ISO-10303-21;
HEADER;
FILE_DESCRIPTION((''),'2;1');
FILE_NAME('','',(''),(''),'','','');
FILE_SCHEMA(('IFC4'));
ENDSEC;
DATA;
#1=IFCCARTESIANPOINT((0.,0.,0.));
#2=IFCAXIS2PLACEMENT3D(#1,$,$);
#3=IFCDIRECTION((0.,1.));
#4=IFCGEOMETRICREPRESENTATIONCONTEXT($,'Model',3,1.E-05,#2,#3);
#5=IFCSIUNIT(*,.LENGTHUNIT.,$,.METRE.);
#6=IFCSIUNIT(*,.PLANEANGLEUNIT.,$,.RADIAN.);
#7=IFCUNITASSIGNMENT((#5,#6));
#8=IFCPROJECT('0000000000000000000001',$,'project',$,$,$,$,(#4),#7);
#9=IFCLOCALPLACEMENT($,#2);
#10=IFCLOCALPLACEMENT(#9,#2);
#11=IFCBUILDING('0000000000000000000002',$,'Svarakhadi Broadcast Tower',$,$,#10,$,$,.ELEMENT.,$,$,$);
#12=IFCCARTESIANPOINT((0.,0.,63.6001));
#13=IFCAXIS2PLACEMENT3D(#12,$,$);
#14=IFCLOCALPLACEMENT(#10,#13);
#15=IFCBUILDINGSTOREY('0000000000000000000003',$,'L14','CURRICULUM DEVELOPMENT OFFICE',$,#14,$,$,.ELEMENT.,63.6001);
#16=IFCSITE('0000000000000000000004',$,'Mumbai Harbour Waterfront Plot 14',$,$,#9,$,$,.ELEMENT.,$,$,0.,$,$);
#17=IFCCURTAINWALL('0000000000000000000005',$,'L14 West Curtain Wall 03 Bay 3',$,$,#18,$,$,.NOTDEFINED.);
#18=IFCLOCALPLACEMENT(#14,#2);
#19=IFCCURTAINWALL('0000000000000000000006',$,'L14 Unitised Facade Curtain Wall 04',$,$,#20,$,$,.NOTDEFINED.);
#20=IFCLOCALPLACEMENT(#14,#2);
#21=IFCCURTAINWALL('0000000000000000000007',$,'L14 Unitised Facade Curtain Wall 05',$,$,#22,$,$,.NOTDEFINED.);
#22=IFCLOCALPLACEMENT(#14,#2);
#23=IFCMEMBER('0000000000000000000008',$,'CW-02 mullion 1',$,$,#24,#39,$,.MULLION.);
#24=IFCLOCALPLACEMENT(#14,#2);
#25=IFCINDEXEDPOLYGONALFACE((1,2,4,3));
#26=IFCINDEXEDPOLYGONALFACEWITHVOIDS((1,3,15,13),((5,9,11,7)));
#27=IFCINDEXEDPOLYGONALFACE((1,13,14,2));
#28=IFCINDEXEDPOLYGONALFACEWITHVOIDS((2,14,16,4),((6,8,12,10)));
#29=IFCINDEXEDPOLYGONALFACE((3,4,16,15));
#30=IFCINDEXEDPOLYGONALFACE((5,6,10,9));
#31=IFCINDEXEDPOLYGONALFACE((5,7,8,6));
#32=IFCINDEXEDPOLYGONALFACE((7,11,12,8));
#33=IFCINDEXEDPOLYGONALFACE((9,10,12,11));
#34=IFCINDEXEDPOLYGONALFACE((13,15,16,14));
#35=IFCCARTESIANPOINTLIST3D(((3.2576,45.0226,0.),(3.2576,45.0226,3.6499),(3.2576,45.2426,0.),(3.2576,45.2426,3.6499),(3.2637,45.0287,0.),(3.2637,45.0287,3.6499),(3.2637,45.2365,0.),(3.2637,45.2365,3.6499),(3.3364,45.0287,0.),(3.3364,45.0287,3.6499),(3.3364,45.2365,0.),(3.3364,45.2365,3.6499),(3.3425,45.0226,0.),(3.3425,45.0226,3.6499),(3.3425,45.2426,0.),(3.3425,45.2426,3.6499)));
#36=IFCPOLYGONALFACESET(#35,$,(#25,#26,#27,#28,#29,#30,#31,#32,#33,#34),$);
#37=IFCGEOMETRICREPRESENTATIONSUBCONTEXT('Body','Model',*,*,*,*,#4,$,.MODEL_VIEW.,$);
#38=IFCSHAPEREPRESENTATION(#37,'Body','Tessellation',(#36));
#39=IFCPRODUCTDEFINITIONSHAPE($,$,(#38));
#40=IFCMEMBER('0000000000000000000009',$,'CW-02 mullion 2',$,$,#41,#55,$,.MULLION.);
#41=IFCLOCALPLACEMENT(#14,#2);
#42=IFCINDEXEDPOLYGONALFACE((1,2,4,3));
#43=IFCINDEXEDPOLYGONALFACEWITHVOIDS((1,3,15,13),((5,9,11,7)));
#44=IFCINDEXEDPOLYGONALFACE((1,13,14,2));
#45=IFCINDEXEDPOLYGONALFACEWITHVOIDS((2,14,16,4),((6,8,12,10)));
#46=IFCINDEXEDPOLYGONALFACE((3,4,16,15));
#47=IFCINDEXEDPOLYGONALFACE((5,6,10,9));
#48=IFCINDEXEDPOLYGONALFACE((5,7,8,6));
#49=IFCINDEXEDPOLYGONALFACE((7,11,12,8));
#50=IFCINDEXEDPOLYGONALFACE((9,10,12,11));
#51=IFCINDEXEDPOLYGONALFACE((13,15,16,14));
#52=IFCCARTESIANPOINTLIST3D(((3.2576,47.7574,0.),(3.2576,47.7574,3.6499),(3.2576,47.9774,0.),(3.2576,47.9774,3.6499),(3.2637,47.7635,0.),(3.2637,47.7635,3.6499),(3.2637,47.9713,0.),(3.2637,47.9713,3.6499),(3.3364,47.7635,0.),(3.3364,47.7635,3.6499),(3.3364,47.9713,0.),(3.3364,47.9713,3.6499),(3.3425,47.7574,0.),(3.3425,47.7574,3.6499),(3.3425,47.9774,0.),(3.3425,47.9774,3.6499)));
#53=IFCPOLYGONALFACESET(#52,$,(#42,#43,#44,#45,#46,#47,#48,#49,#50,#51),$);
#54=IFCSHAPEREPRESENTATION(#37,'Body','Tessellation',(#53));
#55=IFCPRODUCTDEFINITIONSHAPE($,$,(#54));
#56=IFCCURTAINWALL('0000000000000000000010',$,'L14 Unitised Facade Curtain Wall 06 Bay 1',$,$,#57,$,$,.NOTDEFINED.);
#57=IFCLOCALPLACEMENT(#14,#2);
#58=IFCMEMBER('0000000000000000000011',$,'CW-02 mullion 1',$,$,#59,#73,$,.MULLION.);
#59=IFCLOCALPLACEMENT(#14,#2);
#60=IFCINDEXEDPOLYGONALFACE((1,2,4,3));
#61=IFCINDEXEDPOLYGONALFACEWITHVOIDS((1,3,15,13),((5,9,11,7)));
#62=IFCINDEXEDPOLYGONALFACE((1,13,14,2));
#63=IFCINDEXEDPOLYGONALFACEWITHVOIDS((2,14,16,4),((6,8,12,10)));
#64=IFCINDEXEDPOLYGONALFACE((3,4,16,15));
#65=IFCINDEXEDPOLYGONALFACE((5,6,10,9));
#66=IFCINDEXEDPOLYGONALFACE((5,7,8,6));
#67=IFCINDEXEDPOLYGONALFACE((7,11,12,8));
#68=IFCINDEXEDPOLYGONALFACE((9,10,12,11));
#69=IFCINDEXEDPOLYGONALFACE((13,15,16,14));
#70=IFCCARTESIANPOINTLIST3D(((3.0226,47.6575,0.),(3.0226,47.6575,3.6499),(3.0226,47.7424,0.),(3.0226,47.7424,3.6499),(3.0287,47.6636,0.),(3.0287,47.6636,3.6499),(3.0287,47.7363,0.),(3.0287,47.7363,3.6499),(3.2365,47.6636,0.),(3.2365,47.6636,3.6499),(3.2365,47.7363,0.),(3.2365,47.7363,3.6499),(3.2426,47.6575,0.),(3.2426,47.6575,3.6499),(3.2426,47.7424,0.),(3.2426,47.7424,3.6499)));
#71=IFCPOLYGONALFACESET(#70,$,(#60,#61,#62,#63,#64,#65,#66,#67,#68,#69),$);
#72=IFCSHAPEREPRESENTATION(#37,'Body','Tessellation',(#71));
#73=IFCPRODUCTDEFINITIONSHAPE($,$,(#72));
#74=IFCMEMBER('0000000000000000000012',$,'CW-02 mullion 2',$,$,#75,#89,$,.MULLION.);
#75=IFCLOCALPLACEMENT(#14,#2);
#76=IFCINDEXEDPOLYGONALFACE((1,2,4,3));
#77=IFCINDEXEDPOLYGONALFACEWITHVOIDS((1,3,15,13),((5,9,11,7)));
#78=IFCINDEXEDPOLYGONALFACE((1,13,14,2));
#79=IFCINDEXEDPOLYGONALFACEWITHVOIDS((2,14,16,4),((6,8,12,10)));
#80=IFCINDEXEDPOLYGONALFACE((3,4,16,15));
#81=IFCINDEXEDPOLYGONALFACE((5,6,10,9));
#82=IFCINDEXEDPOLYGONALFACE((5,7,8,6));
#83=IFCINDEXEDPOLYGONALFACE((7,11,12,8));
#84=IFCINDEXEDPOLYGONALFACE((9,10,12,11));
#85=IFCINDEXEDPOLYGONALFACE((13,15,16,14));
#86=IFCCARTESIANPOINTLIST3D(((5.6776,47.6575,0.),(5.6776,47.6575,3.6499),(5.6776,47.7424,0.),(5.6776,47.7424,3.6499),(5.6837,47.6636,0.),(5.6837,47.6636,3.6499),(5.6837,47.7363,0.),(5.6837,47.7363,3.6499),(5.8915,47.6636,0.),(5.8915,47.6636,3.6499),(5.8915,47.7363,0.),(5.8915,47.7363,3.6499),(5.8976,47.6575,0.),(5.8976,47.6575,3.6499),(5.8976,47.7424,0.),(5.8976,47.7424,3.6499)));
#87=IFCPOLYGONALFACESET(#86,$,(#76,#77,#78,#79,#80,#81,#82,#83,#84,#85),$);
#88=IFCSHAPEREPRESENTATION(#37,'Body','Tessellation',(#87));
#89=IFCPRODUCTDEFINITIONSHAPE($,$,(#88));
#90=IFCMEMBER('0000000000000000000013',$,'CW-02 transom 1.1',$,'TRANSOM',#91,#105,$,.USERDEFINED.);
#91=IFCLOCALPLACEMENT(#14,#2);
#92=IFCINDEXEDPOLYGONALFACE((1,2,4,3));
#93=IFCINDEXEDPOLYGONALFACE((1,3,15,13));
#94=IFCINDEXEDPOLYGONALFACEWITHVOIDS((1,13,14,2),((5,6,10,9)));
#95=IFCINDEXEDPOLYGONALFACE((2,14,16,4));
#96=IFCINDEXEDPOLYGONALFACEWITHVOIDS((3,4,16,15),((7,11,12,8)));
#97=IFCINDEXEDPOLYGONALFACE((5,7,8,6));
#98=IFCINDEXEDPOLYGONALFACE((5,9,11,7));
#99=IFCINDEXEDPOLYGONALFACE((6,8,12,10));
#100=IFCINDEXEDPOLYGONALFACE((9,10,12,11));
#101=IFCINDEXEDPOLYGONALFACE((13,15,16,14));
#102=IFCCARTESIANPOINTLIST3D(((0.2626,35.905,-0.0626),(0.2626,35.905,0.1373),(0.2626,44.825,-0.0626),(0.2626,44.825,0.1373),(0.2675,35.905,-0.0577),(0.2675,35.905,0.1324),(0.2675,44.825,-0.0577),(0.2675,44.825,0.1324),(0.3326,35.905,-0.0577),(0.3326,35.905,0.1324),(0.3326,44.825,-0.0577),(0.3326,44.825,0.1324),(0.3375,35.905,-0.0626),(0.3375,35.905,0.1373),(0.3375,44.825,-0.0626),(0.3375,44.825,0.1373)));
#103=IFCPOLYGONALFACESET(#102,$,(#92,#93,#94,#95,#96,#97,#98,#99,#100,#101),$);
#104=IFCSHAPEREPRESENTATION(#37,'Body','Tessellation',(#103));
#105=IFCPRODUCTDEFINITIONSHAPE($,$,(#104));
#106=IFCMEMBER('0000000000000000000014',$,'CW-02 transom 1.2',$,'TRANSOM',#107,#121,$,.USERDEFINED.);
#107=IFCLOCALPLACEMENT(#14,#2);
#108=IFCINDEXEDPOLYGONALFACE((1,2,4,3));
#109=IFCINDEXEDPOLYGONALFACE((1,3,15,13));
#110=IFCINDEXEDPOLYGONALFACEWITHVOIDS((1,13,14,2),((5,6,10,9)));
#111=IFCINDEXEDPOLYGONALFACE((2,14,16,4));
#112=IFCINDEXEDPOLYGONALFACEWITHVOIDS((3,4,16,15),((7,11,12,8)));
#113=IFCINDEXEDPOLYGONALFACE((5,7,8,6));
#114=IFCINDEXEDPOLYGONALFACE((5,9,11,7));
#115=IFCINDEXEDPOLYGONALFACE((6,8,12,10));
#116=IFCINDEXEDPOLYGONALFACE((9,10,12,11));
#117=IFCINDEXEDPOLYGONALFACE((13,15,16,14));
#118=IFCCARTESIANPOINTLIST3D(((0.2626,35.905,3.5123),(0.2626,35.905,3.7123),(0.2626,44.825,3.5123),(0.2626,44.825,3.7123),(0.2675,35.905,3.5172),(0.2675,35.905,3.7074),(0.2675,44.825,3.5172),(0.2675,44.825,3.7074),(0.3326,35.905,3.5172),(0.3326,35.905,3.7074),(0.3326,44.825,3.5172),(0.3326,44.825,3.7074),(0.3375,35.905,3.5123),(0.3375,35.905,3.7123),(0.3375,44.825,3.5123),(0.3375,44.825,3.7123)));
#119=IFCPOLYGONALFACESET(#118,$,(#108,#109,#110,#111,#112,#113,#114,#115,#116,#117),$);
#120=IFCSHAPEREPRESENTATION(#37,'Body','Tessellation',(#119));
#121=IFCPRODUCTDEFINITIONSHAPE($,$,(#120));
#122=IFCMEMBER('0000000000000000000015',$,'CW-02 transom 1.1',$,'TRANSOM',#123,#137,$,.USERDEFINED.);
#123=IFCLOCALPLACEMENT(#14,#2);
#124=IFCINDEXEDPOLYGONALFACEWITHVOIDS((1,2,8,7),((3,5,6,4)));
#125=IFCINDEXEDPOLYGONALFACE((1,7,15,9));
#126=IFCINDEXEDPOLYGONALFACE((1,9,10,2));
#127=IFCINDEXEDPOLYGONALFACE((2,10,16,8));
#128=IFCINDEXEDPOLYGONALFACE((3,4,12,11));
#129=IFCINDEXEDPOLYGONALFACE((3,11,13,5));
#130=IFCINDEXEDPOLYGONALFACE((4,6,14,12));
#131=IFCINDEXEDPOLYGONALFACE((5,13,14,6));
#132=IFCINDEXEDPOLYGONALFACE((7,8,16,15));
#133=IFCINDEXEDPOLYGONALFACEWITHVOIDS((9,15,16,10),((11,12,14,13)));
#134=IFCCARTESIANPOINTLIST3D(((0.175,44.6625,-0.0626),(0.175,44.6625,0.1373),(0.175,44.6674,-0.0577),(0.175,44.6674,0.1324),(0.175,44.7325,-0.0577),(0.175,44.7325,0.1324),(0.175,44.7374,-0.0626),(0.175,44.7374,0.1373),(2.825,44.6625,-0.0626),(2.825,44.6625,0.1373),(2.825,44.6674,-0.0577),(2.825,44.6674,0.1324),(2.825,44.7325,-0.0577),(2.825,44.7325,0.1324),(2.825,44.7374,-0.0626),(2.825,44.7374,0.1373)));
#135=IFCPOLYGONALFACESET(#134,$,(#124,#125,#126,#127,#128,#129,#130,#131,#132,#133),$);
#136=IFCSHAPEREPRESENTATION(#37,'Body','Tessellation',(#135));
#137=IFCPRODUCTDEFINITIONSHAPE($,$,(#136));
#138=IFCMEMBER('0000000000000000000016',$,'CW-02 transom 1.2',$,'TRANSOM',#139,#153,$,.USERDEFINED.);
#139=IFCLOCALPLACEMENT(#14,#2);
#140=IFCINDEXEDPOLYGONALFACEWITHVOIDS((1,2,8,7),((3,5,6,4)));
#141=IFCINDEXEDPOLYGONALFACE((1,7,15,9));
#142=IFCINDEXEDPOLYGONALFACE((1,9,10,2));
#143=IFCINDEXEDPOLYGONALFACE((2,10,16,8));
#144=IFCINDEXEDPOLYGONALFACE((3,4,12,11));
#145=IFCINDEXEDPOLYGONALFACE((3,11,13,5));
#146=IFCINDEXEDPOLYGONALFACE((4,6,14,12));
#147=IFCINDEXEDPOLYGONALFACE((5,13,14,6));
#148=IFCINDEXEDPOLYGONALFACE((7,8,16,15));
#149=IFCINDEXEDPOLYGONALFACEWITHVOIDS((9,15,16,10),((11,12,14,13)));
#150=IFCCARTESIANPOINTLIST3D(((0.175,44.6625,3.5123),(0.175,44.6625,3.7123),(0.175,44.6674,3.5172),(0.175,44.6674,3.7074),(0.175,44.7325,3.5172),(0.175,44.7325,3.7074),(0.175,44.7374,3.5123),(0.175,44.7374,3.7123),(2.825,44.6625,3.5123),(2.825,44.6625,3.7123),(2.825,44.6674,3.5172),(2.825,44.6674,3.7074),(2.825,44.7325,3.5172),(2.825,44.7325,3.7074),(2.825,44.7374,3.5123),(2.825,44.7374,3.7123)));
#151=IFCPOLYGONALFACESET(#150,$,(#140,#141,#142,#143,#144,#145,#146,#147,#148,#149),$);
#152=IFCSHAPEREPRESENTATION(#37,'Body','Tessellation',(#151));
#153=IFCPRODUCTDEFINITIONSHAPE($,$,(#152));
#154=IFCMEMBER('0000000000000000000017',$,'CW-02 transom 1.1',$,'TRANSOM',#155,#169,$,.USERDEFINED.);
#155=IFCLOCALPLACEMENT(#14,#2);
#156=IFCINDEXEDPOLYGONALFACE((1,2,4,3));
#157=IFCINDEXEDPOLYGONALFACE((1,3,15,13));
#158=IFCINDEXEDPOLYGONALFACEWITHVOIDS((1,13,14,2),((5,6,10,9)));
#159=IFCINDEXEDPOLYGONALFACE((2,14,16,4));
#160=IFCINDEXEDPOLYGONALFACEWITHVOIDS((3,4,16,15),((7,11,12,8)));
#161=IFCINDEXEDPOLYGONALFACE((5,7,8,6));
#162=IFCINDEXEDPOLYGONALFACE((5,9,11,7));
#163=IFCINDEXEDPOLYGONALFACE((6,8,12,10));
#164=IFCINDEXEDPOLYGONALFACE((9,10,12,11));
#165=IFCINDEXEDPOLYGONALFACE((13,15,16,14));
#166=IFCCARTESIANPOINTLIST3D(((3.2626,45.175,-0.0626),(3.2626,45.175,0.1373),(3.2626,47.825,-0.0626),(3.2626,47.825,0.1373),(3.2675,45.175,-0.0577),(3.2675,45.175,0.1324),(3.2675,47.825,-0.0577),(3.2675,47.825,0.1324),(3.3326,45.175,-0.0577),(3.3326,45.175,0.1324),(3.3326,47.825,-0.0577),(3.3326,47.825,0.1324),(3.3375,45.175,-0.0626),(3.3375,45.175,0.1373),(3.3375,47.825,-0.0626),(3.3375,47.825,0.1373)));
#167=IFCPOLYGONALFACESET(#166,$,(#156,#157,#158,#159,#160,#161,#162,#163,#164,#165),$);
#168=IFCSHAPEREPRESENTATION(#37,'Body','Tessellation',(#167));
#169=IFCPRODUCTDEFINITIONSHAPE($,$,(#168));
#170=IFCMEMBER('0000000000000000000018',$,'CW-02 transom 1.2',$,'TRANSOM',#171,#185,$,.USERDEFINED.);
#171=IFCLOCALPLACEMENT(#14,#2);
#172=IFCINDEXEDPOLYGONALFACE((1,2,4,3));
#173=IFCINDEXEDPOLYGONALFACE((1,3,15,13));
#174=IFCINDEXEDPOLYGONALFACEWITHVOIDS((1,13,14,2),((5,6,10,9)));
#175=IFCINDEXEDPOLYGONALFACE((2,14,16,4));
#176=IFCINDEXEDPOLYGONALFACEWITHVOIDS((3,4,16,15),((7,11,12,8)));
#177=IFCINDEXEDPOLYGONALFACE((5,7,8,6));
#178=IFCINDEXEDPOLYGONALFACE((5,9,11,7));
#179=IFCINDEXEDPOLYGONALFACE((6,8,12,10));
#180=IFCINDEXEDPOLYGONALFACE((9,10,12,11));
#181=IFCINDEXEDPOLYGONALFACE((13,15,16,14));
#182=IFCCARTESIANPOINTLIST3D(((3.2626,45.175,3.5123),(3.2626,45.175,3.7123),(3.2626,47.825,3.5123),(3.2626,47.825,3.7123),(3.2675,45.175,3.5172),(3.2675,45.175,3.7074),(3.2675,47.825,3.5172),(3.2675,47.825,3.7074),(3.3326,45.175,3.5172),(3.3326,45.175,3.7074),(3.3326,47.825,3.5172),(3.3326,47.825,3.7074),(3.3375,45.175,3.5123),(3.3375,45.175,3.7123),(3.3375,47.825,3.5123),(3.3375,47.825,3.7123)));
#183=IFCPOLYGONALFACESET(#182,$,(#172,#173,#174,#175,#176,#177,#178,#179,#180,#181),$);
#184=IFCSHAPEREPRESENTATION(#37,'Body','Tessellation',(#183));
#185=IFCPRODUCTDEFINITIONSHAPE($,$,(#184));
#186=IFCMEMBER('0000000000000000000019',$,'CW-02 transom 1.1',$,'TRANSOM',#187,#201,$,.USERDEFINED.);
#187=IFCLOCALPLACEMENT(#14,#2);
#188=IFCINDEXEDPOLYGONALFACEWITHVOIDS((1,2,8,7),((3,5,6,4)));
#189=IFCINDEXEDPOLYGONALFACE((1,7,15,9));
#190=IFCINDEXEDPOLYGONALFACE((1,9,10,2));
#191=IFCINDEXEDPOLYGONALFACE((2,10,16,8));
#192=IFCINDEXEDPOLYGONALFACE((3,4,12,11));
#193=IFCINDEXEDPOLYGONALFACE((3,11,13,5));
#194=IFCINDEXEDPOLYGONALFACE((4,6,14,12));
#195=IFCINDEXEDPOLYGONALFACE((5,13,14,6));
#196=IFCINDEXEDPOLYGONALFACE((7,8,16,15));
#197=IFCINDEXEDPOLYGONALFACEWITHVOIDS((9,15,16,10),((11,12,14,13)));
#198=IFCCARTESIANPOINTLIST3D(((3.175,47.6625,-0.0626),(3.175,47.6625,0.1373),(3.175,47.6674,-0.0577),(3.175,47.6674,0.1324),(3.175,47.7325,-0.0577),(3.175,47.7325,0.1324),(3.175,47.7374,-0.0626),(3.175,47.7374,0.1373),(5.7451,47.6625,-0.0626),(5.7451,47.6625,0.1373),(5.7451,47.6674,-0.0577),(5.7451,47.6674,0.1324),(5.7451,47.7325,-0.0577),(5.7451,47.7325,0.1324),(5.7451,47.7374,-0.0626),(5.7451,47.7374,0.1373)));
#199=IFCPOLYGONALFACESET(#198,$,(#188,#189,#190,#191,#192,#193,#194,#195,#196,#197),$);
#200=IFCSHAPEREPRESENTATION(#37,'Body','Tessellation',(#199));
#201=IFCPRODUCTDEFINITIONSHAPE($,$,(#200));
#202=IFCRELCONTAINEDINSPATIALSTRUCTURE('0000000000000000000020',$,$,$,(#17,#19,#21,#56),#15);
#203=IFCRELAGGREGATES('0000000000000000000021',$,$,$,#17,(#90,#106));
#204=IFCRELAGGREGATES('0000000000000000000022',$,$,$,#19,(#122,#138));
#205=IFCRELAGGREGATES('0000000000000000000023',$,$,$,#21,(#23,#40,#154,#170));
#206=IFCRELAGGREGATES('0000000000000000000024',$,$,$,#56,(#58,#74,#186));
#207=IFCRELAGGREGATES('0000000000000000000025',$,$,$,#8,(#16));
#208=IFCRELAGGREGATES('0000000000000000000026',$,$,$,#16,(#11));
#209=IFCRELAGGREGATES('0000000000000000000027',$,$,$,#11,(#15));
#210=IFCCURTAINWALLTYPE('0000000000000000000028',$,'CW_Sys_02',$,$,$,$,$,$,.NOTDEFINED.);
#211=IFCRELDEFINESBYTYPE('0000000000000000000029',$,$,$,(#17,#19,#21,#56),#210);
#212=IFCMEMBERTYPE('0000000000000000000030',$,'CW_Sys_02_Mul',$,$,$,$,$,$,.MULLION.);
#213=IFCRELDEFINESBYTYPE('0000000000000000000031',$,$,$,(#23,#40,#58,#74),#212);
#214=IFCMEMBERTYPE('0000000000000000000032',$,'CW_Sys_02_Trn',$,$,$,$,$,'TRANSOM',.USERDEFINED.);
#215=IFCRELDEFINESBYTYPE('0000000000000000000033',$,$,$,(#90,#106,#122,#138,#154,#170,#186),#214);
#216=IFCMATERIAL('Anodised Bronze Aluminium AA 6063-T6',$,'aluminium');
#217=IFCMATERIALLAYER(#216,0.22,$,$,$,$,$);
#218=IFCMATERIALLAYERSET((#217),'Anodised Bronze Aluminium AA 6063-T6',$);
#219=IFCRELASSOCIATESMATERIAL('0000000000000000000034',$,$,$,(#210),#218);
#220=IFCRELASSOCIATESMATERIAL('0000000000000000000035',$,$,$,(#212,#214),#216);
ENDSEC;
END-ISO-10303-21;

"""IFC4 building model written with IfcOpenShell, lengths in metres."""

from ifc_helpers import new_model, si_unit, direction, frame, origin, origin_2d, place, context, subcontext, project, spatial, hollow_rectangle, extrude, material, layer, layer_set, material_profile, profile_set, type_object, element, aggregate, save


model = new_model("IFC4")

# Units and contexts
model_context = context("Model", 3, precision=1e-05, world=origin(), true_north=direction((0.0, 1.0)))
body_context = subcontext(model_context, "Body", "Model", "MODEL_VIEW")
ifc_project = project(units=[si_unit("LENGTHUNIT", "METRE"), si_unit("PLANEANGLEUNIT", "RADIAN")], contexts=[model_context])

# Site, building, storey
site_placement = place(None, origin())
site = spatial("IfcSite", under=ifc_project, at=site_placement, Name="Mumbai Harbour Waterfront Plot 14", CompositionType="ELEMENT", RefElevation=0.0)
building_placement = place(site_placement, origin())
building = spatial("IfcBuilding", under=site, at=building_placement, Name="Svarakhadi Broadcast Tower", CompositionType="ELEMENT")
storey_placement = place(building_placement, frame((0.0, 0.0, 63.6001)))
storey = spatial("IfcBuildingStorey", under=building, at=storey_placement, Name="L14", Description="CURRICULUM DEVELOPMENT OFFICE", CompositionType="ELEMENT", Elevation=63.6001)

# Curtain walls, members
ifc_material_1 = material(Name="Anodised Bronze Aluminium AA 6063-T6", Category="aluminium")
ifc_layer_1 = layer(ifc_material_1, 0.22)
ifc_layer_set_1 = layer_set([ifc_layer_1], Name="Anodised Bronze Aluminium AA 6063-T6")
curtain_wall_type = type_object("IfcCurtainWallType", Name="CW_Sys_02", PredefinedType="NOTDEFINED", material=ifc_layer_set_1)
curtain_wall_1_placement = place(storey_placement, origin())
curtain_wall_1 = element("IfcCurtainWall", 1, at=curtain_wall_1_placement, inside=storey, type_object=curtain_wall_type, Name="L14 West Curtain Wall 03 Bay 3", PredefinedType="NOTDEFINED")
ifc_material_profile_1 = material_profile(ifc_material_1, hollow_rectangle(XDim=0.085, YDim=0.22, WallThickness=0.0061, at=origin_2d()), Name="ALU MULLION 220x85x6")
ifc_profile_set_1 = profile_set([ifc_material_profile_1], Name="Anodised Bronze Aluminium AA 6063-T6")
member_type_1 = type_object("IfcMemberType", Name="CW_Sys_02_Mul", PredefinedType="MULLION", material=ifc_profile_set_1)
curtain_wall_2_placement = place(storey_placement, origin())
curtain_wall_2 = element("IfcCurtainWall", 2, at=curtain_wall_2_placement, inside=storey, type_object=curtain_wall_type, Name="L14 Unitised Facade Curtain Wall 04", PredefinedType="NOTDEFINED")
curtain_wall_3_placement = place(storey_placement, origin())
curtain_wall_3 = element("IfcCurtainWall", 3, at=curtain_wall_3_placement, inside=storey, type_object=curtain_wall_type, Name="L14 Unitised Facade Curtain Wall 05", PredefinedType="NOTDEFINED")
member_1_placement = place(storey_placement, frame((3.3, 45.1326, 0.0), z_axis=(0.0, 0.0, 1.0), x_axis=(-1.0, 0.0, 0.0)))
member_1 = element("IfcMember", 4, at=member_1_placement, type_object=member_type_1, Name="CW-02 mullion 1", PredefinedType="MULLION", context=body_context, shape_type="SweptSolid", body=[
    extrude(hollow_rectangle(XDim=0.085, YDim=0.22, WallThickness=0.0061, at=origin_2d()), origin(), (0.0, 0.0, 1.0), 3.6499),
])
member_2_placement = place(storey_placement, frame((3.3, 47.8674, 0.0), z_axis=(0.0, 0.0, 1.0), x_axis=(-1.0, 0.0, 0.0)))
member_2 = element("IfcMember", 5, at=member_2_placement, type_object=member_type_1, Name="CW-02 mullion 2", PredefinedType="MULLION", context=body_context, shape_type="SweptSolid", body=[
    extrude(hollow_rectangle(XDim=0.085, YDim=0.22, WallThickness=0.0061, at=origin_2d()), origin(), (0.0, 0.0, 1.0), 3.6499),
])
curtain_wall_4_placement = place(storey_placement, origin())
curtain_wall_4 = element("IfcCurtainWall", 6, at=curtain_wall_4_placement, inside=storey, type_object=curtain_wall_type, Name="L14 Unitised Facade Curtain Wall 06 Bay 1", PredefinedType="NOTDEFINED")
member_3_placement = place(storey_placement, frame((3.1326, 47.7, 0.0), z_axis=(0.0, 0.0, 1.0), x_axis=(0.0, 1.0, 0.0)))
member_3 = element("IfcMember", 7, at=member_3_placement, type_object=member_type_1, Name="CW-02 mullion 1", PredefinedType="MULLION", context=body_context, shape_type="SweptSolid", body=[
    extrude(hollow_rectangle(XDim=0.085, YDim=0.22, WallThickness=0.0061, at=origin_2d()), origin(), (0.0, 0.0, 1.0), 3.6499),
])
member_4_placement = place(storey_placement, frame((5.7876, 47.7, 0.0), z_axis=(0.0, 0.0, 1.0), x_axis=(0.0, 1.0, 0.0)))
member_4 = element("IfcMember", 8, at=member_4_placement, type_object=member_type_1, Name="CW-02 mullion 2", PredefinedType="MULLION", context=body_context, shape_type="SweptSolid", body=[
    extrude(hollow_rectangle(XDim=0.085, YDim=0.22, WallThickness=0.0061, at=origin_2d()), origin(), (0.0, 0.0, 1.0), 3.6499),
])

# Members
ifc_material_profile_2 = material_profile(ifc_material_1, hollow_rectangle(XDim=0.075, YDim=0.2, WallThickness=0.0049, at=origin_2d()), Name="ALU TRANSOM 200x75x5")
ifc_profile_set_2 = profile_set([ifc_material_profile_2], Name="Anodised Bronze Aluminium AA 6063-T6")
member_type_2 = type_object("IfcMemberType", Name="CW_Sys_02_Trn", ElementType="TRANSOM", PredefinedType="USERDEFINED", material=ifc_profile_set_2)
member_5_placement = place(storey_placement, frame((0.3, 35.905, 0.0374), z_axis=(0.0, 1.0, 0.0), x_axis=(-1.0, 0.0, 0.0)))
member_5 = element("IfcMember", 9, at=member_5_placement, type_object=member_type_2, Name="CW-02 transom 1.1", ObjectType="TRANSOM", PredefinedType="USERDEFINED", context=body_context, shape_type="SweptSolid", body=[
    extrude(hollow_rectangle(XDim=0.075, YDim=0.2, WallThickness=0.0049, at=origin_2d()), origin(), (0.0, 0.0, 1.0), 8.9199),
])
member_6_placement = place(storey_placement, frame((0.3, 35.905, 3.6123), z_axis=(0.0, 1.0, 0.0), x_axis=(-1.0, 0.0, 0.0)))
member_6 = element("IfcMember", 10, at=member_6_placement, type_object=member_type_2, Name="CW-02 transom 1.2", ObjectType="TRANSOM", PredefinedType="USERDEFINED", context=body_context, shape_type="SweptSolid", body=[
    extrude(hollow_rectangle(XDim=0.075, YDim=0.2, WallThickness=0.0049, at=origin_2d()), origin(), (0.0, 0.0, 1.0), 8.9199),
])
member_7_placement = place(storey_placement, frame((0.175, 44.7, 0.0374), z_axis=(1.0, 0.0, 0.0), x_axis=(0.0, 1.0, 0.0)))
member_7 = element("IfcMember", 11, at=member_7_placement, type_object=member_type_2, Name="CW-02 transom 1.1", ObjectType="TRANSOM", PredefinedType="USERDEFINED", context=body_context, shape_type="SweptSolid", body=[
    extrude(hollow_rectangle(XDim=0.075, YDim=0.2, WallThickness=0.0049, at=origin_2d()), origin(), (0.0, 0.0, 1.0), 2.6499),
])
member_8_placement = place(storey_placement, frame((0.175, 44.7, 3.6123), z_axis=(1.0, 0.0, 0.0), x_axis=(0.0, 1.0, 0.0)))
member_8 = element("IfcMember", 12, at=member_8_placement, type_object=member_type_2, Name="CW-02 transom 1.2", ObjectType="TRANSOM", PredefinedType="USERDEFINED", context=body_context, shape_type="SweptSolid", body=[
    extrude(hollow_rectangle(XDim=0.075, YDim=0.2, WallThickness=0.0049, at=origin_2d()), origin(), (0.0, 0.0, 1.0), 2.6499),
])
member_9_placement = place(storey_placement, frame((3.3, 45.175, 0.0374), z_axis=(0.0, 1.0, 0.0), x_axis=(-1.0, 0.0, 0.0)))
member_9 = element("IfcMember", 13, at=member_9_placement, type_object=member_type_2, Name="CW-02 transom 1.1", ObjectType="TRANSOM", PredefinedType="USERDEFINED", context=body_context, shape_type="SweptSolid", body=[
    extrude(hollow_rectangle(XDim=0.075, YDim=0.2, WallThickness=0.0049, at=origin_2d()), origin(), (0.0, 0.0, 1.0), 2.6499),
])
member_10_placement = place(storey_placement, frame((3.3, 45.175, 3.6123), z_axis=(0.0, 1.0, 0.0), x_axis=(-1.0, 0.0, 0.0)))
member_10 = element("IfcMember", 14, at=member_10_placement, type_object=member_type_2, Name="CW-02 transom 1.2", ObjectType="TRANSOM", PredefinedType="USERDEFINED", context=body_context, shape_type="SweptSolid", body=[
    extrude(hollow_rectangle(XDim=0.075, YDim=0.2, WallThickness=0.0049, at=origin_2d()), origin(), (0.0, 0.0, 1.0), 2.6499),
])
member_11_placement = place(storey_placement, frame((3.175, 47.7, 0.0374), z_axis=(1.0, 0.0, 0.0), x_axis=(0.0, 1.0, 0.0)))
member_11 = element("IfcMember", 15, at=member_11_placement, type_object=member_type_2, Name="CW-02 transom 1.1", ObjectType="TRANSOM", PredefinedType="USERDEFINED", context=body_context, shape_type="SweptSolid", body=[
    extrude(hollow_rectangle(XDim=0.075, YDim=0.2, WallThickness=0.0049, at=origin_2d()), origin(), (0.0, 0.0, 1.0), 2.5701),
])

aggregate(curtain_wall_1, [member_5, member_6])
aggregate(curtain_wall_2, [member_7, member_8])
aggregate(curtain_wall_3, [member_1, member_2, member_9, member_10])
aggregate(curtain_wall_4, [member_3, member_4, member_11])

save(model, "model.ifc")
